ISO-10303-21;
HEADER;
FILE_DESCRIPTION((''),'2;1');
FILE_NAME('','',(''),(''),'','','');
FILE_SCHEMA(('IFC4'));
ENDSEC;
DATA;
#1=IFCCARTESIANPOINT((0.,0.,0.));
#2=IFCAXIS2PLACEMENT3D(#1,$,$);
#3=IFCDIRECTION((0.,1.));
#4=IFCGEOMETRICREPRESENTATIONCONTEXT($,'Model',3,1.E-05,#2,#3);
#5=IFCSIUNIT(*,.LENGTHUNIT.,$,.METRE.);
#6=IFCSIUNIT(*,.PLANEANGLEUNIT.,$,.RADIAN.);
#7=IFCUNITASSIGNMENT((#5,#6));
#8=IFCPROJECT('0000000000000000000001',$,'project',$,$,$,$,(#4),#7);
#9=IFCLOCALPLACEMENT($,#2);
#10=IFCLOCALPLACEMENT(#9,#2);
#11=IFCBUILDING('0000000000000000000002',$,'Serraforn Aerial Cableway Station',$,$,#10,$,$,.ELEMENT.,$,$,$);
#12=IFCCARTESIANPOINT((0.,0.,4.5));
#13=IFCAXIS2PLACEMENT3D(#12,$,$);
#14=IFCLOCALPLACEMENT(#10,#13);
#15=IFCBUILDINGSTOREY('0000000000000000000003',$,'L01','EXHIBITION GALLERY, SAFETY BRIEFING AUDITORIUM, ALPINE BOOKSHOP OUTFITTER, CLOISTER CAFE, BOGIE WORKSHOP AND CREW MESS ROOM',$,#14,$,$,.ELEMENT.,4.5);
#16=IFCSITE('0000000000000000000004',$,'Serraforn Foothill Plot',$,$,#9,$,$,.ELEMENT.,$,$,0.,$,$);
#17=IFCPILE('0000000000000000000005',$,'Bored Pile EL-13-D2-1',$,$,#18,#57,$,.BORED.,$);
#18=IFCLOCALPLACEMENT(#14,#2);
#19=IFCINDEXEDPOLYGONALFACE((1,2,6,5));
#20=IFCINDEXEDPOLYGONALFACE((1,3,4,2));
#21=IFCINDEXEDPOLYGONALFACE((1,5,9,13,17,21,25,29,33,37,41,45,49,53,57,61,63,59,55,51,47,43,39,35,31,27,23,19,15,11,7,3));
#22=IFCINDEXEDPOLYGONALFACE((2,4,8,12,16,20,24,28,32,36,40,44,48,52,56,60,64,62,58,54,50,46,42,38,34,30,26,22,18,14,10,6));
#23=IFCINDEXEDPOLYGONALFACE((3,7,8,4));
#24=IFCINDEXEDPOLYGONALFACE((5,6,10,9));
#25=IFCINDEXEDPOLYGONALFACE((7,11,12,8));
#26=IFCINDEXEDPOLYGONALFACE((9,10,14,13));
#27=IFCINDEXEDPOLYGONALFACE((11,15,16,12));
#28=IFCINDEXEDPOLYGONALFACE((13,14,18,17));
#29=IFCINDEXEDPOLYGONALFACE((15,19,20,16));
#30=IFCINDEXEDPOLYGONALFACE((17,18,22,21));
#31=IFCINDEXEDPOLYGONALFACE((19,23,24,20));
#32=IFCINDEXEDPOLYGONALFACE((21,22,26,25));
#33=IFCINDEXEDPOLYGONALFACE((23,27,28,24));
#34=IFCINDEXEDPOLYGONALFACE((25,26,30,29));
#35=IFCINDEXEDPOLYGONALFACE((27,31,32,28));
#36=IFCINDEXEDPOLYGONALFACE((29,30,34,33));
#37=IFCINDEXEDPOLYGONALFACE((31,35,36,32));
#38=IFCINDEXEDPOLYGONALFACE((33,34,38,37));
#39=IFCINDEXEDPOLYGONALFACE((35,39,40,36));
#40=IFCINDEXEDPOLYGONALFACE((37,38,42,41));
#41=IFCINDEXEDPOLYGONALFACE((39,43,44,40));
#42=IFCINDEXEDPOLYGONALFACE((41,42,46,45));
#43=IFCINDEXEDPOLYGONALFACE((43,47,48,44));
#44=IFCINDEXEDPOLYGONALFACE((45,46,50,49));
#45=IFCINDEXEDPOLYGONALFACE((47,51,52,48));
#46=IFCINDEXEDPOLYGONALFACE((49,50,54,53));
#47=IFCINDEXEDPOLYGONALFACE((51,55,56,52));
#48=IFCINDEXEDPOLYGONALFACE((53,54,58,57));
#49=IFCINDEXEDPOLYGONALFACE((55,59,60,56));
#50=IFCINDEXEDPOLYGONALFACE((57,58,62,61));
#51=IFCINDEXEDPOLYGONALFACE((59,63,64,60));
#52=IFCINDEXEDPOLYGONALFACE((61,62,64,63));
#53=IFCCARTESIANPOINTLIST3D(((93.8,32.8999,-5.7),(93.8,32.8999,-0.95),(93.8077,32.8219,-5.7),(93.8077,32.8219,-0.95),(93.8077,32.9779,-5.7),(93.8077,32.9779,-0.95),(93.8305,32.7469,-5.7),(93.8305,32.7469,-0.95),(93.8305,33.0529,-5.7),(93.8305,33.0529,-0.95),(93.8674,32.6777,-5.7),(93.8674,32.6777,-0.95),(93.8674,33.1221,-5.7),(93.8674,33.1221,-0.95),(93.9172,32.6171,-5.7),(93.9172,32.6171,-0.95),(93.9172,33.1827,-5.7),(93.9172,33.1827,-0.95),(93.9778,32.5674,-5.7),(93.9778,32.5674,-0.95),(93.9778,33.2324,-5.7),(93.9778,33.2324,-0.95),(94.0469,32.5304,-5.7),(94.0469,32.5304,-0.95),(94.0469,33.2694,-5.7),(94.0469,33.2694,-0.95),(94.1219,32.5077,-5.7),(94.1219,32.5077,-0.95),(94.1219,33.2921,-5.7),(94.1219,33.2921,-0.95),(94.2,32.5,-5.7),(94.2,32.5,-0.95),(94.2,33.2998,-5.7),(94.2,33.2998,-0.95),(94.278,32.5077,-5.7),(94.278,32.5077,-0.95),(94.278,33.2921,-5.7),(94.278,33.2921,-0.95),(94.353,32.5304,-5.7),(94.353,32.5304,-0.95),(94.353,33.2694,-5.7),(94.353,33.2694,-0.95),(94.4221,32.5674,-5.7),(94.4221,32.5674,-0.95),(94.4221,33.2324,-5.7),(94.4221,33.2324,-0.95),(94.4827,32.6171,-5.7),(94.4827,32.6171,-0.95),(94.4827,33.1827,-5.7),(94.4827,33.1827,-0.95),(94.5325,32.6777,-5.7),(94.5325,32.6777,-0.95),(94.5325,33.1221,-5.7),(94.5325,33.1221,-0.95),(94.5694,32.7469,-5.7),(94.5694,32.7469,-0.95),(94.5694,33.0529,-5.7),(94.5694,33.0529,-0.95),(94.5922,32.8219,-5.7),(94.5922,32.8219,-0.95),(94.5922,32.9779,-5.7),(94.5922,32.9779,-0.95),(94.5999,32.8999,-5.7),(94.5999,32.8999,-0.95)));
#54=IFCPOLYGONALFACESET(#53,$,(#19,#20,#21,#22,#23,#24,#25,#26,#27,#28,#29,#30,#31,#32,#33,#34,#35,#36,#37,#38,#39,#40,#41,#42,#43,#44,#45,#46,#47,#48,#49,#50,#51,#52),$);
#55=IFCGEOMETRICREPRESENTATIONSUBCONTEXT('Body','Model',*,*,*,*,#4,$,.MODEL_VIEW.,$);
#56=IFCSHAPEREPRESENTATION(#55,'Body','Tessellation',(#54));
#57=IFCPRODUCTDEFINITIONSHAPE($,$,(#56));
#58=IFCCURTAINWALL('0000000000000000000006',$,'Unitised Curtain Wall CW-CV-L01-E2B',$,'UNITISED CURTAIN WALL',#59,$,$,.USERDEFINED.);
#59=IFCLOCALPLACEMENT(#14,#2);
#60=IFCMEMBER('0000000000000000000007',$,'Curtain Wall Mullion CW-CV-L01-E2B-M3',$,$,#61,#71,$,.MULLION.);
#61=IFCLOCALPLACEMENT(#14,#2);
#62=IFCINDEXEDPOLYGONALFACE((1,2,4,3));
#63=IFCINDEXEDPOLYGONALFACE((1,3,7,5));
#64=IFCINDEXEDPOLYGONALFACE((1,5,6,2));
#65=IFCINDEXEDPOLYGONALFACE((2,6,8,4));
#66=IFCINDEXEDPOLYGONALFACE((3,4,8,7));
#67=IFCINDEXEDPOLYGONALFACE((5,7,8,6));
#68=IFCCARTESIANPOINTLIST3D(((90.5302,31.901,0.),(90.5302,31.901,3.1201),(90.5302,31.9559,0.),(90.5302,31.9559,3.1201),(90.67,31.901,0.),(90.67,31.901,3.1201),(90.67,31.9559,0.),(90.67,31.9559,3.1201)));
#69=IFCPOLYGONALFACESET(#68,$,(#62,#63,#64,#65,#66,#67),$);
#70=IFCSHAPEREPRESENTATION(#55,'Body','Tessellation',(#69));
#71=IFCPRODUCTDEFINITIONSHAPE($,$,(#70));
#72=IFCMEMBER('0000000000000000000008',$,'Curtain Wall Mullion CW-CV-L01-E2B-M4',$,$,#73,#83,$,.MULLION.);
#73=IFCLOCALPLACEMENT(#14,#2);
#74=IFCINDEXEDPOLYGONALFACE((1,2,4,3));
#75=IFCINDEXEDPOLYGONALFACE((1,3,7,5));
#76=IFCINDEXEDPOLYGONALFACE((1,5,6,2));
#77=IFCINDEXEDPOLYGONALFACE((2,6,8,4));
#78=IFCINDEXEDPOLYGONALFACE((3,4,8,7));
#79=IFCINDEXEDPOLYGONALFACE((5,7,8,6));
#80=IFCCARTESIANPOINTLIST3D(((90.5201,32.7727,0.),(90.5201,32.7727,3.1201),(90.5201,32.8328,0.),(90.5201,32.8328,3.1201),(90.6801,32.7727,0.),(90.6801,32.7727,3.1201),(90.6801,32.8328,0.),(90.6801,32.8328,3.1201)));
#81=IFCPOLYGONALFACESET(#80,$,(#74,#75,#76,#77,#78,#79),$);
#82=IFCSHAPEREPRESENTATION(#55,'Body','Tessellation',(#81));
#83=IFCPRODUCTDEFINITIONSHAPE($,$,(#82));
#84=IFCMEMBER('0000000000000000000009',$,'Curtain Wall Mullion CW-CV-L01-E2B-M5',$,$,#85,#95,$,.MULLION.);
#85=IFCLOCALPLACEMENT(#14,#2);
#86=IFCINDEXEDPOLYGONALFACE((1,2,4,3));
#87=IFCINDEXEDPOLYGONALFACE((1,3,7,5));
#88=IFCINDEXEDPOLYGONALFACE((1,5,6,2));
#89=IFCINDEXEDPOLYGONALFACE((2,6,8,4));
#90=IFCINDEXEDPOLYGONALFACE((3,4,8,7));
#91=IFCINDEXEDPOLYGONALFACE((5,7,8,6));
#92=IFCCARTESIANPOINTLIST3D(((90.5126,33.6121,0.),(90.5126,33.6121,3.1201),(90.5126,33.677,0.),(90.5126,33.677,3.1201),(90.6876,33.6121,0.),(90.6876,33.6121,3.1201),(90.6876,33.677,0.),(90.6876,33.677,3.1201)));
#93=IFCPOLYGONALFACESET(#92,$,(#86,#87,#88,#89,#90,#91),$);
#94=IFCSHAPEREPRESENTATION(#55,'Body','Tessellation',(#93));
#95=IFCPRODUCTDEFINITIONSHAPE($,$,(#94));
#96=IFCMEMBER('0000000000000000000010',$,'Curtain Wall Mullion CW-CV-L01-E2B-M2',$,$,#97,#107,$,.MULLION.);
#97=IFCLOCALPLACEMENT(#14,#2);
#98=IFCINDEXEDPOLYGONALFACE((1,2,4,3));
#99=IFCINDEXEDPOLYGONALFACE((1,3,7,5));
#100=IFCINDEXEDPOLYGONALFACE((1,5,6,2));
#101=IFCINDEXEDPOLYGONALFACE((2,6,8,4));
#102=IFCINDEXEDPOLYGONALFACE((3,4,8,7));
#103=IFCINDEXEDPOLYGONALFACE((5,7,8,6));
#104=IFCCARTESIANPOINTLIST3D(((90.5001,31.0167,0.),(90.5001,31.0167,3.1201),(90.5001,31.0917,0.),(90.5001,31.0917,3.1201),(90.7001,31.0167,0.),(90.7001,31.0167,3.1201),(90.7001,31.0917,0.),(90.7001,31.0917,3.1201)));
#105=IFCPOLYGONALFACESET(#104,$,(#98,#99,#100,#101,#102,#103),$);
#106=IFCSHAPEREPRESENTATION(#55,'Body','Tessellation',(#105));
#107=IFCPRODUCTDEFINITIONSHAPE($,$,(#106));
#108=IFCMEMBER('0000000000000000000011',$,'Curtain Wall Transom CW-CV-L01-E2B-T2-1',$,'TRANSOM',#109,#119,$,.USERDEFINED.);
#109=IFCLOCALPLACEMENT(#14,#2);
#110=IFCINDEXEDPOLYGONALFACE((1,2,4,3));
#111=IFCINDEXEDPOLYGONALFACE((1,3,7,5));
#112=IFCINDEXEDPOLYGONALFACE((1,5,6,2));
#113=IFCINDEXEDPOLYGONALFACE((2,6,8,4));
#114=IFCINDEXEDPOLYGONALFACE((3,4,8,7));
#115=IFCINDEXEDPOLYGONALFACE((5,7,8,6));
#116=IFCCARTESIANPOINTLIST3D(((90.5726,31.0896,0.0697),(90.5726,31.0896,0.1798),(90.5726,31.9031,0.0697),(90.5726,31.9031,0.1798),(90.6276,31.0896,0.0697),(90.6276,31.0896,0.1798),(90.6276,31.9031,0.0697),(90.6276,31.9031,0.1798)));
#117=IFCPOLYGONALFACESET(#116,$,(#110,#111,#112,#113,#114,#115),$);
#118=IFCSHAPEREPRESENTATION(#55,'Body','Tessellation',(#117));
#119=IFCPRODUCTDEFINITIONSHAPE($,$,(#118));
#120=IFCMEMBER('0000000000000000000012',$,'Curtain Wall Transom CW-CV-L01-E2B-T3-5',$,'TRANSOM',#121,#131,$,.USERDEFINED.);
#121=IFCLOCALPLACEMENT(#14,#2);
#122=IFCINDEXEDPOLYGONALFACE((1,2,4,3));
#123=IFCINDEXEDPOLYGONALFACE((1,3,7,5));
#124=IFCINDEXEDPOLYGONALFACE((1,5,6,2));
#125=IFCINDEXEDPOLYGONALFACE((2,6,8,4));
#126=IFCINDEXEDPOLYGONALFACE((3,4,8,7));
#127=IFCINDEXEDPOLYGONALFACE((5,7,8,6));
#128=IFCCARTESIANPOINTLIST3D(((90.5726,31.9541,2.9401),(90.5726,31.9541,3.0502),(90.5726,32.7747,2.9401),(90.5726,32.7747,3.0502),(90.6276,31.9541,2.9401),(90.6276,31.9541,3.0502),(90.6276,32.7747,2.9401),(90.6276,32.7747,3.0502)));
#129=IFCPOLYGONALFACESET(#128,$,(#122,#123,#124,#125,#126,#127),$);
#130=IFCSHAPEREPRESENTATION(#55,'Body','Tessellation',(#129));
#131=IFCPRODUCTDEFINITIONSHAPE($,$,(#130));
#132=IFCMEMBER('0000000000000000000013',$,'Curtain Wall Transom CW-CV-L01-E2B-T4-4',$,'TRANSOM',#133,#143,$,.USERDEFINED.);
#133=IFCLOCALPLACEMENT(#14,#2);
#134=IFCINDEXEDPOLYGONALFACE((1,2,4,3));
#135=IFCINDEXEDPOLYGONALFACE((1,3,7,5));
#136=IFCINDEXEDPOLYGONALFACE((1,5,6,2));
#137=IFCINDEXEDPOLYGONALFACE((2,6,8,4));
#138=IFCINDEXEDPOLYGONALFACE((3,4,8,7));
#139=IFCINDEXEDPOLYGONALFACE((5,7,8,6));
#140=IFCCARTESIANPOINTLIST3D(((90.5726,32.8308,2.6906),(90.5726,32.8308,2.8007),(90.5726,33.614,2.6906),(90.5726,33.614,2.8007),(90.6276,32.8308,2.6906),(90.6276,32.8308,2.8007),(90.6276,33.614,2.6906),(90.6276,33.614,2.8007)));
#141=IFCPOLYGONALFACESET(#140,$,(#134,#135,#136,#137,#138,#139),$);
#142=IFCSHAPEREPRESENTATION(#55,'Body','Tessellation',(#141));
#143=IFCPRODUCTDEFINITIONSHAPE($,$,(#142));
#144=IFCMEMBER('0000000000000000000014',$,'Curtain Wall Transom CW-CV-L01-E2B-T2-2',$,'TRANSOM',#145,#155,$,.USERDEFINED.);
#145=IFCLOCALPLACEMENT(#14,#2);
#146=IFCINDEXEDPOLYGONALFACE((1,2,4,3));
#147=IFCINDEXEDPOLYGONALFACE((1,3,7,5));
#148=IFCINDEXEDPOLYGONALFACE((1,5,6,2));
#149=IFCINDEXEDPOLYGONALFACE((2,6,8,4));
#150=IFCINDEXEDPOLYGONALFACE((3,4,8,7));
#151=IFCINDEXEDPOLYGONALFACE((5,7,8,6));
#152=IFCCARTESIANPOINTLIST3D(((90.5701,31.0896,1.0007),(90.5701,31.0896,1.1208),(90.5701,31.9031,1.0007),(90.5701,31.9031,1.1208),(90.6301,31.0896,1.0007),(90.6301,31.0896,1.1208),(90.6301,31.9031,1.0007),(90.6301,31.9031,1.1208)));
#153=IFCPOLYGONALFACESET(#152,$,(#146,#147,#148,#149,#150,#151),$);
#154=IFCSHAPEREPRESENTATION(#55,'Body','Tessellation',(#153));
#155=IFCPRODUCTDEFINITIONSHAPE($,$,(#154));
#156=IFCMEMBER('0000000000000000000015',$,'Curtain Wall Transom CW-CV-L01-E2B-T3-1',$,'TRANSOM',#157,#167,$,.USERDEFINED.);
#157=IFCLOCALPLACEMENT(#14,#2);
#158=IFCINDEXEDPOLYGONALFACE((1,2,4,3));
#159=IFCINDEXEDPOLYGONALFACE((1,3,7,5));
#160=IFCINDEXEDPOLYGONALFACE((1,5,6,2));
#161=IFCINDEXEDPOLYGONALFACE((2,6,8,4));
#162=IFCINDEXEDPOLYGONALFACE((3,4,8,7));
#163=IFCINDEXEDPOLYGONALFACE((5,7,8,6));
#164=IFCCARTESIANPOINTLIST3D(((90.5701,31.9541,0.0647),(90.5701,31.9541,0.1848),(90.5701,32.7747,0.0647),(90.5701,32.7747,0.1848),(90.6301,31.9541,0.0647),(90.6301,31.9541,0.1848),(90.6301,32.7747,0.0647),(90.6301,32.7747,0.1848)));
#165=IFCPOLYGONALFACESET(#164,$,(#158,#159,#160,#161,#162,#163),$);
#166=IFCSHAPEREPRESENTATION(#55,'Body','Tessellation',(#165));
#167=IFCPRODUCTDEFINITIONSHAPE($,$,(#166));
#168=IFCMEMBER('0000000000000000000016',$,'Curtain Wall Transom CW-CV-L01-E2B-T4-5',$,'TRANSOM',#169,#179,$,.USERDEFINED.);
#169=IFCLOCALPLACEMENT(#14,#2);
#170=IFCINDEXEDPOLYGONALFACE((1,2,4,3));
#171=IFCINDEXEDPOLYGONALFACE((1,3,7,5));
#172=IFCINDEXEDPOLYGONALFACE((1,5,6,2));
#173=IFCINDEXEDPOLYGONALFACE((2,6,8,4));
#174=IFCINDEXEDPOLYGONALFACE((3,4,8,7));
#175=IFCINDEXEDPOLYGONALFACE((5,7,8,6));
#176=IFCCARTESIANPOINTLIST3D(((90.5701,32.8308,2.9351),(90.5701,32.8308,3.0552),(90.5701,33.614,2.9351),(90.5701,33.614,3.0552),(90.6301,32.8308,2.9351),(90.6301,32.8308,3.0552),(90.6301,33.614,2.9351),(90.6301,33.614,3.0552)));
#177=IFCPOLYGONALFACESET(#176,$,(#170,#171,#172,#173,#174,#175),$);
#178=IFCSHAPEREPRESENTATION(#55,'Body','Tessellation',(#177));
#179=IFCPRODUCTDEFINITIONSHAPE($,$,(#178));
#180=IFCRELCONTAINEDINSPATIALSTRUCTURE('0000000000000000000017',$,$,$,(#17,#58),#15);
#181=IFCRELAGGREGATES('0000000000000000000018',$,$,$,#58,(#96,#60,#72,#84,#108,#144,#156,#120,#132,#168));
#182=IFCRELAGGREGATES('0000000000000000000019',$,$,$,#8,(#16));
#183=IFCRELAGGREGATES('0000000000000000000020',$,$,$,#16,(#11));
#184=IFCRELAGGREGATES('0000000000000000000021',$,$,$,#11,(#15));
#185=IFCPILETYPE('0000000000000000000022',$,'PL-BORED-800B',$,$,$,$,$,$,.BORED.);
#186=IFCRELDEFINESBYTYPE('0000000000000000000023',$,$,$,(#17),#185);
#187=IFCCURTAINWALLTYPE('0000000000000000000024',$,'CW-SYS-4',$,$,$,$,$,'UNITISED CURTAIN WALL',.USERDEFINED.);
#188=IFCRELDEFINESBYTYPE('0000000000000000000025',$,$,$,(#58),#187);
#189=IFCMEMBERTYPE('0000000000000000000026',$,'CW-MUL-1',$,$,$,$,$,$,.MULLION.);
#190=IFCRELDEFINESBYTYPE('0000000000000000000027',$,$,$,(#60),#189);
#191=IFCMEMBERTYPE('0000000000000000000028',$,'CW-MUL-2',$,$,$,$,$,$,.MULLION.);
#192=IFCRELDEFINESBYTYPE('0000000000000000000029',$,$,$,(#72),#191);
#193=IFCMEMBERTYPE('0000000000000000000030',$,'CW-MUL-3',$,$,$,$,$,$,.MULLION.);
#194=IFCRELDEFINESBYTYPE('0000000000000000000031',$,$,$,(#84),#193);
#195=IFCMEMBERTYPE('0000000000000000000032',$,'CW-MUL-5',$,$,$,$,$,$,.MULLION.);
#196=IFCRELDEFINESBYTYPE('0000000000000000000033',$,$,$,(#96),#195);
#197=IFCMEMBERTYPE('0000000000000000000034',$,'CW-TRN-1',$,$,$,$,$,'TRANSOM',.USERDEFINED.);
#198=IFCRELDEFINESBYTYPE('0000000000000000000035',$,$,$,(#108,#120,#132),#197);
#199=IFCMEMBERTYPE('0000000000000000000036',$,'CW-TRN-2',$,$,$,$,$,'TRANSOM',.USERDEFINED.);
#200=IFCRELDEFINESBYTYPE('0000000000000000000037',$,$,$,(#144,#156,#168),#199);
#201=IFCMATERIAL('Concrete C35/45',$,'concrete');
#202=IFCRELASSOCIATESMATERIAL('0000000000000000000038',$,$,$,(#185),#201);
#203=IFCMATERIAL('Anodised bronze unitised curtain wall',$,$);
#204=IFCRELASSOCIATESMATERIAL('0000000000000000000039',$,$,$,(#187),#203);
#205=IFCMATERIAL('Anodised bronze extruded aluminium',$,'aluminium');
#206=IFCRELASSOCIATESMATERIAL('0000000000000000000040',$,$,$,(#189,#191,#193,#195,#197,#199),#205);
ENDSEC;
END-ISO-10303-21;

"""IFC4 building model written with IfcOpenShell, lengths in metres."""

from ifc_helpers import new_model, si_unit, direction, frame, origin, origin_2d, place, context, subcontext, project, spatial, rectangle, circle, extrude, material, material_profile, profile_set, type_object, element, aggregate, save


model = new_model("IFC4")

# Units and contexts
model_context = context("Model", 3, precision=1e-05, world=origin(), true_north=direction((0.0, 1.0)))
body_context = subcontext(model_context, "Body", "Model", "MODEL_VIEW")
ifc_project = project(units=[si_unit("LENGTHUNIT", "METRE"), si_unit("PLANEANGLEUNIT", "RADIAN")], contexts=[model_context])

# Site, building, storey
site_placement = place(None, origin())
site = spatial("IfcSite", under=ifc_project, at=site_placement, Name="Serraforn Foothill Plot", CompositionType="ELEMENT", RefElevation=0.0)
building_placement = place(site_placement, origin())
building = spatial("IfcBuilding", under=site, at=building_placement, Name="Serraforn Aerial Cableway Station", CompositionType="ELEMENT")
storey_placement = place(building_placement, frame((0.0, 0.0, 4.5)))
storey = spatial("IfcBuildingStorey", under=building, at=storey_placement, Name="L01", Description="EXHIBITION GALLERY, SAFETY BRIEFING AUDITORIUM, ALPINE BOOKSHOP OUTFITTER, CLOISTER CAFE, BOGIE WORKSHOP AND CREW MESS ROOM", CompositionType="ELEMENT", Elevation=4.5)

# Pile
ifc_material_1 = material(Name="Concrete C35/45", Category="concrete")
ifc_material_profile_1 = material_profile(ifc_material_1, circle(Radius=0.3999, at=origin_2d()), Name="BORED PILE D800")
ifc_profile_set_1 = profile_set([ifc_material_profile_1], Name="Concrete C35/45")
pile_type = type_object("IfcPileType", Name="PL-BORED-800B", PredefinedType="BORED", material=ifc_profile_set_1)
pile_placement = place(storey_placement, frame((94.2, 32.8999, -0.95), z_axis=(0.0, 0.0, -1.0), x_axis=(1.0, 0.0, 0.0)))
element("IfcPile", 1, at=pile_placement, inside=storey, type_object=pile_type, Name="Bored Pile EL-13-D2-1", PredefinedType="BORED", context=body_context, shape_type="SweptSolid", body=[
    extrude(circle(Radius=0.3999, at=origin_2d()), origin(), (0.0, 0.0, 1.0), 4.75),
])

# Curtain wall, members
ifc_material_2 = material(Name="Anodised bronze unitised curtain wall")
curtain_wall_type = type_object("IfcCurtainWallType", Name="CW-SYS-4", ElementType="UNITISED CURTAIN WALL", PredefinedType="USERDEFINED", material=ifc_material_2)
curtain_wall_placement = place(storey_placement, origin())
curtain_wall = element("IfcCurtainWall", 2, at=curtain_wall_placement, inside=storey, type_object=curtain_wall_type, Name="Unitised Curtain Wall CW-CV-L01-E2B", ObjectType="UNITISED CURTAIN WALL", PredefinedType="USERDEFINED")
ifc_material_3 = material(Name="Anodised bronze extruded aluminium", Category="aluminium")
ifc_material_profile_2 = material_profile(ifc_material_3, rectangle(XDim=0.0549, YDim=0.1399, at=origin_2d()), Name="CW MULLION 55x140")
ifc_profile_set_2 = profile_set([ifc_material_profile_2], Name="Anodised bronze extruded aluminium")
member_type_1 = type_object("IfcMemberType", Name="CW-MUL-1", PredefinedType="MULLION", material=ifc_profile_set_2)
member_1_placement = place(storey_placement, frame((90.6001, 31.9285, 0.0), z_axis=(0.0, 0.0, 1.0), x_axis=(0.0, 1.0, 0.0)))
member_1 = element("IfcMember", 3, at=member_1_placement, type_object=member_type_1, Name="Curtain Wall Mullion CW-CV-L01-E2B-M3", PredefinedType="MULLION", context=body_context, shape_type="SweptSolid", body=[
    extrude(rectangle(XDim=0.0549, YDim=0.1399, at=origin_2d()), origin(), (0.0, 0.0, 1.0), 3.1201),
])
ifc_material_profile_3 = material_profile(ifc_material_3, rectangle(XDim=0.0601, YDim=0.1599, at=origin_2d()), Name="CW MULLION 60x160")
ifc_profile_set_3 = profile_set([ifc_material_profile_3], Name="Anodised bronze extruded aluminium")
member_type_2 = type_object("IfcMemberType", Name="CW-MUL-2", PredefinedType="MULLION", material=ifc_profile_set_3)
member_2_placement = place(storey_placement, frame((90.6001, 32.8027, 0.0), z_axis=(0.0, 0.0, 1.0), x_axis=(0.0, 1.0, 0.0)))
member_2 = element("IfcMember", 4, at=member_2_placement, type_object=member_type_2, Name="Curtain Wall Mullion CW-CV-L01-E2B-M4", PredefinedType="MULLION", context=body_context, shape_type="SweptSolid", body=[
    extrude(rectangle(XDim=0.0601, YDim=0.1599, at=origin_2d()), origin(), (0.0, 0.0, 1.0), 3.1201),
])
ifc_material_profile_4 = material_profile(ifc_material_3, rectangle(XDim=0.0649, YDim=0.175, at=origin_2d()), Name="CW MULLION 65x175")
ifc_profile_set_4 = profile_set([ifc_material_profile_4], Name="Anodised bronze extruded aluminium")
member_type_3 = type_object("IfcMemberType", Name="CW-MUL-3", PredefinedType="MULLION", material=ifc_profile_set_4)
member_3_placement = place(storey_placement, frame((90.6001, 33.6445, 0.0), z_axis=(0.0, 0.0, 1.0), x_axis=(0.0, 1.0, 0.0)))
member_3 = element("IfcMember", 5, at=member_3_placement, type_object=member_type_3, Name="Curtain Wall Mullion CW-CV-L01-E2B-M5", PredefinedType="MULLION", context=body_context, shape_type="SweptSolid", body=[
    extrude(rectangle(XDim=0.0649, YDim=0.175, at=origin_2d()), origin(), (0.0, 0.0, 1.0), 3.1201),
])
ifc_material_profile_5 = material_profile(ifc_material_3, rectangle(XDim=0.075, YDim=0.2, at=origin_2d()), Name="CW MULLION 75x200")
ifc_profile_set_5 = profile_set([ifc_material_profile_5], Name="Anodised bronze extruded aluminium")
member_type_4 = type_object("IfcMemberType", Name="CW-MUL-5", PredefinedType="MULLION", material=ifc_profile_set_5)
member_4_placement = place(storey_placement, frame((90.6001, 31.0542, 0.0), z_axis=(0.0, 0.0, 1.0), x_axis=(0.0, 1.0, 0.0)))
member_4 = element("IfcMember", 6, at=member_4_placement, type_object=member_type_4, Name="Curtain Wall Mullion CW-CV-L01-E2B-M2", PredefinedType="MULLION", context=body_context, shape_type="SweptSolid", body=[
    extrude(rectangle(XDim=0.075, YDim=0.2, at=origin_2d()), origin(), (0.0, 0.0, 1.0), 3.1201),
])
ifc_material_profile_6 = material_profile(ifc_material_3, rectangle(XDim=0.0549, YDim=0.1101, at=origin_2d()), Name="CW TRANSOM 55x110")
ifc_profile_set_6 = profile_set([ifc_material_profile_6], Name="Anodised bronze extruded aluminium")
member_type_5 = type_object("IfcMemberType", Name="CW-TRN-1", ElementType="TRANSOM", PredefinedType="USERDEFINED", material=ifc_profile_set_6)
member_5_placement = place(storey_placement, frame((90.6001, 31.0896, 0.1248), z_axis=(0.0, 1.0, 0.0), x_axis=(-1.0, 0.0, 0.0)))
member_5 = element("IfcMember", 7, at=member_5_placement, type_object=member_type_5, Name="Curtain Wall Transom CW-CV-L01-E2B-T2-1", ObjectType="TRANSOM", PredefinedType="USERDEFINED", context=body_context, shape_type="SweptSolid", body=[
    extrude(rectangle(XDim=0.0549, YDim=0.1101, at=origin_2d()), origin(), (0.0, 0.0, 1.0), 0.8135),
])
member_6_placement = place(storey_placement, frame((90.6001, 31.9541, 2.9951), z_axis=(0.0, 1.0, 0.0), x_axis=(-1.0, 0.0, 0.0)))
member_6 = element("IfcMember", 8, at=member_6_placement, type_object=member_type_5, Name="Curtain Wall Transom CW-CV-L01-E2B-T3-5", ObjectType="TRANSOM", PredefinedType="USERDEFINED", context=body_context, shape_type="SweptSolid", body=[
    extrude(rectangle(XDim=0.0549, YDim=0.1101, at=origin_2d()), origin(), (0.0, 0.0, 1.0), 0.8206),
])
member_7_placement = place(storey_placement, frame((90.6001, 32.8308, 2.7456), z_axis=(0.0, 1.0, 0.0), x_axis=(-1.0, 0.0, 0.0)))
member_7 = element("IfcMember", 9, at=member_7_placement, type_object=member_type_5, Name="Curtain Wall Transom CW-CV-L01-E2B-T4-4", ObjectType="TRANSOM", PredefinedType="USERDEFINED", context=body_context, shape_type="SweptSolid", body=[
    extrude(rectangle(XDim=0.0549, YDim=0.1101, at=origin_2d()), origin(), (0.0, 0.0, 1.0), 0.7832),
])
ifc_material_profile_7 = material_profile(ifc_material_3, rectangle(XDim=0.0601, YDim=0.1201, at=origin_2d()), Name="CW TRANSOM 60x120")
ifc_profile_set_7 = profile_set([ifc_material_profile_7], Name="Anodised bronze extruded aluminium")
member_type_6 = type_object("IfcMemberType", Name="CW-TRN-2", ElementType="TRANSOM", PredefinedType="USERDEFINED", material=ifc_profile_set_7)
member_8_placement = place(storey_placement, frame((90.6001, 31.0896, 1.0608), z_axis=(0.0, 1.0, 0.0), x_axis=(-1.0, 0.0, 0.0)))
member_8 = element("IfcMember", 10, at=member_8_placement, type_object=member_type_6, Name="Curtain Wall Transom CW-CV-L01-E2B-T2-2", ObjectType="TRANSOM", PredefinedType="USERDEFINED", context=body_context, shape_type="SweptSolid", body=[
    extrude(rectangle(XDim=0.0601, YDim=0.1201, at=origin_2d()), origin(), (0.0, 0.0, 1.0), 0.8135),
])
member_9_placement = place(storey_placement, frame((90.6001, 31.9541, 0.1248), z_axis=(0.0, 1.0, 0.0), x_axis=(-1.0, 0.0, 0.0)))
member_9 = element("IfcMember", 11, at=member_9_placement, type_object=member_type_6, Name="Curtain Wall Transom CW-CV-L01-E2B-T3-1", ObjectType="TRANSOM", PredefinedType="USERDEFINED", context=body_context, shape_type="SweptSolid", body=[
    extrude(rectangle(XDim=0.0601, YDim=0.1201, at=origin_2d()), origin(), (0.0, 0.0, 1.0), 0.8206),
])
member_10_placement = place(storey_placement, frame((90.6001, 32.8308, 2.9951), z_axis=(0.0, 1.0, 0.0), x_axis=(-1.0, 0.0, 0.0)))
member_10 = element("IfcMember", 12, at=member_10_placement, type_object=member_type_6, Name="Curtain Wall Transom CW-CV-L01-E2B-T4-5", ObjectType="TRANSOM", PredefinedType="USERDEFINED", context=body_context, shape_type="SweptSolid", body=[
    extrude(rectangle(XDim=0.0601, YDim=0.1201, at=origin_2d()), origin(), (0.0, 0.0, 1.0), 0.7832),
])
aggregate(curtain_wall, [member_4, member_1, member_2, member_3, member_5, member_8, member_9, member_6, member_7, member_10])

save(model, "model.ifc")
